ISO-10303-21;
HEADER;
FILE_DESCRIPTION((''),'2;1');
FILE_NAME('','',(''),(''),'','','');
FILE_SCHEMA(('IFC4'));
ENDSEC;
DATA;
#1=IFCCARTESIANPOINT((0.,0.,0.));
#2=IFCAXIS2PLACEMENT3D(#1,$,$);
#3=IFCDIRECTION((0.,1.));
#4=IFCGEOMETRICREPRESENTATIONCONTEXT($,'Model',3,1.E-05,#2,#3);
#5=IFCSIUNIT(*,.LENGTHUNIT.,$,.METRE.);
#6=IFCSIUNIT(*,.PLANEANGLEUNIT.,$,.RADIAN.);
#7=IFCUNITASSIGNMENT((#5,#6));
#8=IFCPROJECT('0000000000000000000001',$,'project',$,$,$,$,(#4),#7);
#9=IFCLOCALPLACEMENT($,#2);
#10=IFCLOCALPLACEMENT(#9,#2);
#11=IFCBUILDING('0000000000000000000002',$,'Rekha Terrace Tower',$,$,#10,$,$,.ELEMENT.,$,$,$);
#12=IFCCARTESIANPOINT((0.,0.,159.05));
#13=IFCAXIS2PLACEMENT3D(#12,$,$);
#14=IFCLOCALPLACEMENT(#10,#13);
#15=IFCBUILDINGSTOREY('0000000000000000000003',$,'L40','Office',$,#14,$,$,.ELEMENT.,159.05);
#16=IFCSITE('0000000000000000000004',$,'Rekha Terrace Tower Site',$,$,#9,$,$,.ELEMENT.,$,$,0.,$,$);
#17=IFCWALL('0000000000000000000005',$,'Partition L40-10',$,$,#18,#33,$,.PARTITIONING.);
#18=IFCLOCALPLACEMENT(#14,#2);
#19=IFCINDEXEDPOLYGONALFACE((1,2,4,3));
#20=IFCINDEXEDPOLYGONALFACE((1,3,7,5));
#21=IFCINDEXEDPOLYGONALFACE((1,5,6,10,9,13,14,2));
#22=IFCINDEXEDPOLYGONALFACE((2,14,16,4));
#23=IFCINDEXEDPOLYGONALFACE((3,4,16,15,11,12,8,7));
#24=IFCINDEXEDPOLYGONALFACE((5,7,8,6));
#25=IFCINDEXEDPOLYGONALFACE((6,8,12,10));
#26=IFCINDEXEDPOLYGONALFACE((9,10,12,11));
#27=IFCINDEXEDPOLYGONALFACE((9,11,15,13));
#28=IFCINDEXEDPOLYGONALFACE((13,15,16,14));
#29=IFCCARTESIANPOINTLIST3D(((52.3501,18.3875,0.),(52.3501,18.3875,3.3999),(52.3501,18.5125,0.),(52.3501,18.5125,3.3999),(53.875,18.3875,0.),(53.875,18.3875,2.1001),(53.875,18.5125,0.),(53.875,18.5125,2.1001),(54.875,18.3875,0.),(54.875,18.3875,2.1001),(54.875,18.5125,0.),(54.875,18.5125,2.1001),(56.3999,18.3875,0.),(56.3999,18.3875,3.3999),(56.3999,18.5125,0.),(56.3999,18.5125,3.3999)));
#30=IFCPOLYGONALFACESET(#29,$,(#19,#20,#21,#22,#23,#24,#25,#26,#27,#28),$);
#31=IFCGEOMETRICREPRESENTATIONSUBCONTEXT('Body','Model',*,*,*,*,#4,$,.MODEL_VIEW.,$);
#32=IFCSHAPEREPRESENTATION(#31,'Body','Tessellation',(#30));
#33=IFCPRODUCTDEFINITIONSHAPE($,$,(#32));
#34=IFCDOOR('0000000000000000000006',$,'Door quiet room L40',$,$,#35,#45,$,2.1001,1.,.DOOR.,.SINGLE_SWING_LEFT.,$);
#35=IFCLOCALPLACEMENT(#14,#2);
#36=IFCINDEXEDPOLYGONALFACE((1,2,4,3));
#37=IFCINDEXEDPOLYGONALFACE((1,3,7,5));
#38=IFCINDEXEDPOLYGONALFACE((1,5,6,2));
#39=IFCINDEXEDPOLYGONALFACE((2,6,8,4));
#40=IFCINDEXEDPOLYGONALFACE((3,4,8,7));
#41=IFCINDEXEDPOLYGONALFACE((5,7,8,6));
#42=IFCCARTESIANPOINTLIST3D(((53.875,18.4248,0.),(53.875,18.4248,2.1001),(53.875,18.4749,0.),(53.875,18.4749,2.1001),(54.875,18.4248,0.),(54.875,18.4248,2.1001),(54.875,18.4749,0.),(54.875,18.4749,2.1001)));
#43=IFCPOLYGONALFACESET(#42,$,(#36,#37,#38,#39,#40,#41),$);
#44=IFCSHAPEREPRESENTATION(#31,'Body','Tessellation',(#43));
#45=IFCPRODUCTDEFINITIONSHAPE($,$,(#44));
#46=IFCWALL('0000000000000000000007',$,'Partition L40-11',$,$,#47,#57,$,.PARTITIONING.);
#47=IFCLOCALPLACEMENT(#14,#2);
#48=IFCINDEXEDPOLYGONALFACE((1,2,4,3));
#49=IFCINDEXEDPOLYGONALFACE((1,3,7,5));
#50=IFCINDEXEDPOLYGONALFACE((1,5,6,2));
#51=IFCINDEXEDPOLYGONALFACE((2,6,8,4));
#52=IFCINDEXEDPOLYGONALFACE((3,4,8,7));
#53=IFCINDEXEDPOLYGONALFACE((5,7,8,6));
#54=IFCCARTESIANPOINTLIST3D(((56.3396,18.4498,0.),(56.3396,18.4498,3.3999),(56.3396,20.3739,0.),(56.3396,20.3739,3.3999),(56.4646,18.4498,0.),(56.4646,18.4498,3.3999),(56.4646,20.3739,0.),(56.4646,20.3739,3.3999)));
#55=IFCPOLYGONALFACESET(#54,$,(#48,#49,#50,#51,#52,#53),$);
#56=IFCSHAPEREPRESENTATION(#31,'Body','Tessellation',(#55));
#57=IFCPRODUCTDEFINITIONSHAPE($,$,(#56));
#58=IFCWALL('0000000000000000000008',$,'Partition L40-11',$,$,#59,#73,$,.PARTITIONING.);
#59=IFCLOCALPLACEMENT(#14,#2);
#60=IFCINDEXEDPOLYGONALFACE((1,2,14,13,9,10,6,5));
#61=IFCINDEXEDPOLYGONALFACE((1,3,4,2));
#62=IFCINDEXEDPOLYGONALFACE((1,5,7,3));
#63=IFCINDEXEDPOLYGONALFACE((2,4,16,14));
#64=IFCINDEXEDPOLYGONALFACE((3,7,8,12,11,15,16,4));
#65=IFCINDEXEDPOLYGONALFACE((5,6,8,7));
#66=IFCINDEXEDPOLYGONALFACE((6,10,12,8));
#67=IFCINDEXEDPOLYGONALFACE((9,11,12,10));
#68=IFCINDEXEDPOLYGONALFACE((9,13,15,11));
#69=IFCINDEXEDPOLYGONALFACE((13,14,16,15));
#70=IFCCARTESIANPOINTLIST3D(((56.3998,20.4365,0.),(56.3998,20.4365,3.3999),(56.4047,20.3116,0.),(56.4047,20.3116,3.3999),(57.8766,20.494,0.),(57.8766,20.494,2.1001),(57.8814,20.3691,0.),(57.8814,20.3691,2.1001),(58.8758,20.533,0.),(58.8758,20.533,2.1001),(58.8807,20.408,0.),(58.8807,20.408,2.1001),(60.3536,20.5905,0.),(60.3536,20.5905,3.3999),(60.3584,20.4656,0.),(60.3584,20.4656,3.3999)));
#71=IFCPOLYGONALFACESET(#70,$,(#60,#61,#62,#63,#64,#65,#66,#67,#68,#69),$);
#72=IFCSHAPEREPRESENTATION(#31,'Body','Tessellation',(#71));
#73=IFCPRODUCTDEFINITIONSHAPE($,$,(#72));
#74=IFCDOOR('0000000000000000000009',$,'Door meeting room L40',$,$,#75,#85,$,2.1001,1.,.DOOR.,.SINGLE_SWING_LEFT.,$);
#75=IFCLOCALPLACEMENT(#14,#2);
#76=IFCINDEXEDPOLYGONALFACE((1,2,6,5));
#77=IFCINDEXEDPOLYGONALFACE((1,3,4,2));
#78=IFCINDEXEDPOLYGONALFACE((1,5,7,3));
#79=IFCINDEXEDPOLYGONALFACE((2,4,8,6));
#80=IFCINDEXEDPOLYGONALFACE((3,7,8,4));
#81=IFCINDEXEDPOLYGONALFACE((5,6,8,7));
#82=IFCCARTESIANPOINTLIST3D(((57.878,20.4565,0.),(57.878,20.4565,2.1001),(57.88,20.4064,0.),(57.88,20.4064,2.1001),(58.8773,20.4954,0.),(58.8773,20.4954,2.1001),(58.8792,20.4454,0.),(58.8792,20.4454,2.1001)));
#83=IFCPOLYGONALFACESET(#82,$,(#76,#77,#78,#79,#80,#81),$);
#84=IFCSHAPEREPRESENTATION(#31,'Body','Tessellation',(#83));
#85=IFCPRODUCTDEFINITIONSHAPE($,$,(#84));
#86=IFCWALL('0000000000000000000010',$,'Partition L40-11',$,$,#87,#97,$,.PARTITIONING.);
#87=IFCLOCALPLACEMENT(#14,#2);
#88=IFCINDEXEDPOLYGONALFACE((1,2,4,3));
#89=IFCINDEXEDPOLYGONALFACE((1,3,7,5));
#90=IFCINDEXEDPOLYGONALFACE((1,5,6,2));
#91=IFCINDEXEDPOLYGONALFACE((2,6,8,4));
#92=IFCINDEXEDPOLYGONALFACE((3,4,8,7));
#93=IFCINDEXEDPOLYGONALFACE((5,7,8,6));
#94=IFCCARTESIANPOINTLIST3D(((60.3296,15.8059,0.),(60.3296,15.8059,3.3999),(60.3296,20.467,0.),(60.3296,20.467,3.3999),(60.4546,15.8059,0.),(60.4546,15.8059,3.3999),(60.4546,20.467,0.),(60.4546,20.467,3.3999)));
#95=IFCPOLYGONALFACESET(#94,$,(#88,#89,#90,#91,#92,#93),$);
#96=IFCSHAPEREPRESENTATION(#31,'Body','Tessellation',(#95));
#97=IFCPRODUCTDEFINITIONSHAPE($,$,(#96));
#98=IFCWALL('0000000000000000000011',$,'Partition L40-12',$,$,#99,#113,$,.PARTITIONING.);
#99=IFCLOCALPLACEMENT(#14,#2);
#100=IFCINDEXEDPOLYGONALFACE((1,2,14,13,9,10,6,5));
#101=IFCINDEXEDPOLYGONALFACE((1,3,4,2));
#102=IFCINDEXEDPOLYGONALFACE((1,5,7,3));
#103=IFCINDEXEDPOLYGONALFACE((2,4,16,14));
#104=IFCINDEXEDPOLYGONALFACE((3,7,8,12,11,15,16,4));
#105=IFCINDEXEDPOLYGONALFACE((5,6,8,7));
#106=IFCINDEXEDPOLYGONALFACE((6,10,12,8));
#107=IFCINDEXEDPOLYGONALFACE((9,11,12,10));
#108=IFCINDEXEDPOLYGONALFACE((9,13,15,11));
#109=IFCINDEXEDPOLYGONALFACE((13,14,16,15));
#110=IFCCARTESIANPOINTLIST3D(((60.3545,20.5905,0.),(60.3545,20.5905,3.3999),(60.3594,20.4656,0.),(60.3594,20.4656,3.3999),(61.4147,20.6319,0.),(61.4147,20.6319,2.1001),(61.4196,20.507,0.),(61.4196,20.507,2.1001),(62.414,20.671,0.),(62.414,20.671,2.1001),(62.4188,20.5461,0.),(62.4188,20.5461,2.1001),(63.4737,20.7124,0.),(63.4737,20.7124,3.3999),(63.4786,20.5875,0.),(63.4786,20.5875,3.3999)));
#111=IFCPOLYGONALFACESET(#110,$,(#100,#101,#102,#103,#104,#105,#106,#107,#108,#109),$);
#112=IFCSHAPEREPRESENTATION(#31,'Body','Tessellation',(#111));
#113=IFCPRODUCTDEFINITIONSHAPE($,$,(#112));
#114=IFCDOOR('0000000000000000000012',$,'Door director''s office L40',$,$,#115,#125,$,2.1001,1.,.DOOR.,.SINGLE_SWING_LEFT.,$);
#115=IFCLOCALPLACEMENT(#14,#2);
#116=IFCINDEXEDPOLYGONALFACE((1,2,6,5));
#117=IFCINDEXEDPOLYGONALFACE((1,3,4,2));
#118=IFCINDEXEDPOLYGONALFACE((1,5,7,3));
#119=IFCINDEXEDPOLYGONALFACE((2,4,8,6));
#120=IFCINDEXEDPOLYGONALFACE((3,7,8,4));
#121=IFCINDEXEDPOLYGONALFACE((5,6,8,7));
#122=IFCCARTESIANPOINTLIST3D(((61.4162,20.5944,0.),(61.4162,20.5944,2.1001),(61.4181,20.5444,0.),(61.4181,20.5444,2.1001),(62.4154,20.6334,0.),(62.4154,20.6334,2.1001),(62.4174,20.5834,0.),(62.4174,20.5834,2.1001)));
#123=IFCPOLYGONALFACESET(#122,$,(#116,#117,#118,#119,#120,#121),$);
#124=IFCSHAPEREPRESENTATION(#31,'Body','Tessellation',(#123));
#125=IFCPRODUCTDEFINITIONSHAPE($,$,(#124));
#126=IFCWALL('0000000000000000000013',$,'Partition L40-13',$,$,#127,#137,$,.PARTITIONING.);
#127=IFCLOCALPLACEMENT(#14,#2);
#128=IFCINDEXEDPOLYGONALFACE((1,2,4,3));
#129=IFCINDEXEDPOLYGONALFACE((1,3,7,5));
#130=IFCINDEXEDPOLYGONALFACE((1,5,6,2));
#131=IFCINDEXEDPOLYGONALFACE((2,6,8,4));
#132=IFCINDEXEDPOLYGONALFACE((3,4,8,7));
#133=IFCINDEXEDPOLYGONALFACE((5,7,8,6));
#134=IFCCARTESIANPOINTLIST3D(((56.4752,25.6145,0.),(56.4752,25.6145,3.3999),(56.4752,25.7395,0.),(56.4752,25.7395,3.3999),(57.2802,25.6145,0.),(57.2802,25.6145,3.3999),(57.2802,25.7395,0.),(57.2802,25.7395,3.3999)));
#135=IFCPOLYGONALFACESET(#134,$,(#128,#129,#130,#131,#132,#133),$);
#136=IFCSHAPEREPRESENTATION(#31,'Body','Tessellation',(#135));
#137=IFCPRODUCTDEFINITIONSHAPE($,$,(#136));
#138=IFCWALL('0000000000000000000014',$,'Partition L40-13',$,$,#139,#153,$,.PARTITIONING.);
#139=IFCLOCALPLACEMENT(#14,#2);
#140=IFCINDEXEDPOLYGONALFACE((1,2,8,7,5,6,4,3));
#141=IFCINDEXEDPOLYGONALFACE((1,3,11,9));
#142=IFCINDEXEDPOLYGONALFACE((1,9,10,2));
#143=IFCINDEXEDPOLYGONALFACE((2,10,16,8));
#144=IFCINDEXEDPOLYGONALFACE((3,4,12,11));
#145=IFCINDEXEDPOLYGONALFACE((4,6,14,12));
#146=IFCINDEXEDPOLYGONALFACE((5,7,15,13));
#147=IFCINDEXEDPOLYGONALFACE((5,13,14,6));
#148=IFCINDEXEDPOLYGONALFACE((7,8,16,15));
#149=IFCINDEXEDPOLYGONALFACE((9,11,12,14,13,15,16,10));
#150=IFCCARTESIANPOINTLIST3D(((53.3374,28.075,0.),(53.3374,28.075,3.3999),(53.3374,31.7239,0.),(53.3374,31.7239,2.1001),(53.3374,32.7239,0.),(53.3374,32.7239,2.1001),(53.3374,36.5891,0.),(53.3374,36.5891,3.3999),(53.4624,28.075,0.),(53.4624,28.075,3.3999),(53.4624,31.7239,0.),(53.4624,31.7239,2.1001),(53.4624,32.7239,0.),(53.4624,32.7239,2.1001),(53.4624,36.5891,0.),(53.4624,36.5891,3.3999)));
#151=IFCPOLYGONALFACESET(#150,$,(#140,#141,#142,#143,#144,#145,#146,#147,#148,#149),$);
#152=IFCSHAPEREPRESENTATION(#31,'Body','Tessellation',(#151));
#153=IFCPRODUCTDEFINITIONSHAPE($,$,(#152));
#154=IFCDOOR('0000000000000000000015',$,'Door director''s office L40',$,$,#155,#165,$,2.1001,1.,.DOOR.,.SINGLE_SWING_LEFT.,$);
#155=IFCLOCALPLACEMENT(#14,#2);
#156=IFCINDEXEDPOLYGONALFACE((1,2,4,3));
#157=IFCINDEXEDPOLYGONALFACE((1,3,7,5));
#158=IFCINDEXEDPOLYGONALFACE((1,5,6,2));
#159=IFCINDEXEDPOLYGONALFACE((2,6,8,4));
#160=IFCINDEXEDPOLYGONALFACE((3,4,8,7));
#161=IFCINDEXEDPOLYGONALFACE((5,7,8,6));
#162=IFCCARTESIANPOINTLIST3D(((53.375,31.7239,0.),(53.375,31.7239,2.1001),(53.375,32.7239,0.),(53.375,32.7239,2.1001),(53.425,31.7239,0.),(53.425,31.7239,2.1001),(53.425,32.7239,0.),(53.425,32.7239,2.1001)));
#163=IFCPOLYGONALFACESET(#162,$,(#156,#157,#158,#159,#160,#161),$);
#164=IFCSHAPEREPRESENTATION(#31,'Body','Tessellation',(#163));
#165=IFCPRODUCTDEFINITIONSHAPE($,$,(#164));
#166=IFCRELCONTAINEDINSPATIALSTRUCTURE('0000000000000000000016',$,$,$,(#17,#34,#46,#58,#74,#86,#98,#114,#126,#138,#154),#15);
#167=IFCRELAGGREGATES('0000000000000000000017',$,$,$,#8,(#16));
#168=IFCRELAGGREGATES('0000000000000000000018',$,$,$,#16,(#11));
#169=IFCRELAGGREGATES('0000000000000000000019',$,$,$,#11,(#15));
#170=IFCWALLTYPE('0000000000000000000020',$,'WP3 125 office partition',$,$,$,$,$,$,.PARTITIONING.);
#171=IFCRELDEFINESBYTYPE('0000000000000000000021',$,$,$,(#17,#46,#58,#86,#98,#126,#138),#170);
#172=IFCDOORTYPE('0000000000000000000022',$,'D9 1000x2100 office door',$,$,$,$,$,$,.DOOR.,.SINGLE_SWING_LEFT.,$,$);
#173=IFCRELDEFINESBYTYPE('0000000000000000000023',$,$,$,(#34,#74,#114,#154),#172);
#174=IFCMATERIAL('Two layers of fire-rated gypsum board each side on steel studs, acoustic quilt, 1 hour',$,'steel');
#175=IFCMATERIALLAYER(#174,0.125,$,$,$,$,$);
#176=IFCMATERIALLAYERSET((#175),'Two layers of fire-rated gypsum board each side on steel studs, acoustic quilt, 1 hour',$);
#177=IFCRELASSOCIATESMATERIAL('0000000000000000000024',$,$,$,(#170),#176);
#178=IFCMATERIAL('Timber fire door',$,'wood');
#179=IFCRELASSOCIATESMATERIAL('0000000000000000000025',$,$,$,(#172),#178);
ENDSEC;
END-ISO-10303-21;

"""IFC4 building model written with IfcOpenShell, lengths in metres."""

from ifc_helpers import new_model, si_unit, direction, frame, frame_2d, origin, place, context, subcontext, project, spatial, rectangle, extrude, material, layer, layer_set, type_object, element, fill, save


model = new_model("IFC4")

# Units and contexts
model_context = context("Model", 3, precision=1e-05, world=origin(), true_north=direction((0.0, 1.0)))
body_context = subcontext(model_context, "Body", "Model", "MODEL_VIEW")
ifc_project = project(units=[si_unit("LENGTHUNIT", "METRE"), si_unit("PLANEANGLEUNIT", "RADIAN")], contexts=[model_context])

# Site, building, storey
site_placement = place(None, origin())
site = spatial("IfcSite", under=ifc_project, at=site_placement, Name="Rekha Terrace Tower Site", CompositionType="ELEMENT", RefElevation=0.0)
building_placement = place(site_placement, origin())
building = spatial("IfcBuilding", under=site, at=building_placement, Name="Rekha Terrace Tower", CompositionType="ELEMENT")
storey_placement = place(building_placement, frame((0.0, 0.0, 159.05)))
storey = spatial("IfcBuildingStorey", under=building, at=storey_placement, Name="L40", Description="Office", CompositionType="ELEMENT", Elevation=159.05)

# Shared definitions
ifc_material_1 = material(Name="Two layers of fire-rated gypsum board each side on steel studs, acoustic quilt, 1 hour", Category="steel")
ifc_layer_1 = layer(ifc_material_1, 0.125)
ifc_layer_set_1 = layer_set([ifc_layer_1], Name="Two layers of fire-rated gypsum board each side on steel studs, acoustic quilt, 1 hour")
wall_type_1 = type_object("IfcWallType", Name="WP3 125 office partition", PredefinedType="PARTITIONING", material=ifc_layer_set_1)

# Wall, opening, door
wall_1_placement = place(storey_placement, frame((52.3501, 18.45, 0.0), z_axis=(0.0, 0.0, 1.0), x_axis=(1.0, 0.0, 0.0)))
wall_1 = element("IfcWall", 1, at=wall_1_placement, inside=storey, type_object=wall_type_1, Name="Partition L40-10", PredefinedType="PARTITIONING", context=body_context, shape_type="SweptSolid", body=[
    extrude(rectangle(XDim=4.0498, YDim=0.125, at=frame_2d((2.0249, 0.0))), origin(), (0.0, 0.0, 1.0), 3.3999),
])
opening_1_placement = place(wall_1_placement, frame((1.5249, 0.0, 0.0)))
opening_1 = element("IfcOpeningElement", 2, at=opening_1_placement, cuts=wall_1, PredefinedType="OPENING", context=body_context, shape_type="SweptSolid", body=[
    extrude(rectangle(XDim=1.0, YDim=2.1001, at=frame_2d((0.5, 1.05))), frame((0.0, 0.0725, 0.0), z_axis=(0.0, -1.0, 0.0), x_axis=(1.0, 0.0, 0.0)), (0.0, 0.0, 1.0), 0.145),
])
ifc_material_2 = material(Name="Timber fire door", Category="wood")
door_type_1 = type_object("IfcDoorType", Name="D9 1000x2100 office door", OperationType="SINGLE_SWING_LEFT", PredefinedType="DOOR", material=ifc_material_2)
door_1_placement = place(opening_1_placement, origin())
door_1 = element("IfcDoor", 3, at=door_1_placement, inside=storey, type_object=door_type_1, Name="Door quiet room L40", OperationType="SINGLE_SWING_LEFT", OverallHeight=2.1001, OverallWidth=1.0, PredefinedType="DOOR", context=body_context, shape_type="SweptSolid", body=[
    extrude(rectangle(XDim=1.0, YDim=2.1001, at=frame_2d((0.5, 1.05))), frame((0.0, 0.0249, 0.0), z_axis=(0.0, -1.0, 0.0), x_axis=(1.0, 0.0, 0.0)), (0.0, 0.0, 1.0), 0.05),
])
fill(opening_1, door_1)

# Wall
wall_2_placement = place(storey_placement, frame((56.4021, 18.45, 0.0), z_axis=(0.0, 0.0, 1.0), x_axis=(0.0, 1.0, 0.0)))
element("IfcWall", 4, at=wall_2_placement, inside=storey, type_object=wall_type_1, Name="Partition L40-11", PredefinedType="PARTITIONING", context=body_context, shape_type="SweptSolid", body=[
    extrude(rectangle(XDim=1.9241, YDim=0.125, at=frame_2d((0.9619, 0.0))), origin(), (0.0, 0.0, 1.0), 3.3999),
])

# Wall, opening, door
wall_3_placement = place(storey_placement, frame((56.4021, 20.374, 0.0), z_axis=(0.0, 0.0, 1.0), x_axis=(0.999242, 0.038933, 0.0)))
wall_3 = element("IfcWall", 5, at=wall_3_placement, inside=storey, type_object=wall_type_1, Name="Partition L40-11", PredefinedType="PARTITIONING", context=body_context, shape_type="SweptSolid", body=[
    extrude(rectangle(XDim=3.9568, YDim=0.125, at=frame_2d((1.9785, 0.0))), origin(), (0.0, 0.0, 1.0), 3.3999),
])
opening_2_placement = place(wall_3_placement, frame((1.478, 0.0, 0.0)))
opening_2 = element("IfcOpeningElement", 6, at=opening_2_placement, cuts=wall_3, PredefinedType="OPENING", context=body_context, shape_type="SweptSolid", body=[
    extrude(rectangle(XDim=1.0, YDim=2.1001, at=frame_2d((0.5, 1.05))), frame((0.0, 0.0725, 0.0), z_axis=(0.0, -1.0, 0.0), x_axis=(1.0, 0.0, 0.0)), (0.0, 0.0, 1.0), 0.145),
])
door_2_placement = place(opening_2_placement, origin())
door_2 = element("IfcDoor", 7, at=door_2_placement, inside=storey, type_object=door_type_1, Name="Door meeting room L40", OperationType="SINGLE_SWING_LEFT", OverallHeight=2.1001, OverallWidth=1.0, PredefinedType="DOOR", context=body_context, shape_type="SweptSolid", body=[
    extrude(rectangle(XDim=1.0, YDim=2.1001, at=frame_2d((0.5, 1.05))), frame((0.0, 0.0249, 0.0), z_axis=(0.0, -1.0, 0.0), x_axis=(1.0, 0.0, 0.0)), (0.0, 0.0, 1.0), 0.05),
])
fill(opening_2, door_2)

# Wall
wall_4_placement = place(storey_placement, frame((60.3921, 20.467, 0.0), z_axis=(0.0, 0.0, 1.0), x_axis=(0.0, -1.0, 0.0)))
element("IfcWall", 8, at=wall_4_placement, inside=storey, type_object=wall_type_1, Name="Partition L40-11", PredefinedType="PARTITIONING", context=body_context, shape_type="SweptSolid", body=[
    extrude(rectangle(XDim=4.6611, YDim=0.125, at=frame_2d((2.3306, 0.0))), origin(), (0.0, 0.0, 1.0), 3.3999),
])

# Wall, opening, door
wall_5_placement = place(storey_placement, frame((60.3569, 20.5281, 0.0), z_axis=(0.0, 0.0, 1.0), x_axis=(0.999238, 0.039028, 0.0)))
wall_5 = element("IfcWall", 9, at=wall_5_placement, inside=storey, type_object=wall_type_1, Name="Partition L40-12", PredefinedType="PARTITIONING", context=body_context, shape_type="SweptSolid", body=[
    extrude(rectangle(XDim=3.1216, YDim=0.125, at=frame_2d((1.5608, 0.0))), origin(), (0.0, 0.0, 1.0), 3.3999),
])
opening_3_placement = place(wall_5_placement, frame((1.061, 0.0, 0.0)))
opening_3 = element("IfcOpeningElement", 10, at=opening_3_placement, cuts=wall_5, PredefinedType="OPENING", context=body_context, shape_type="SweptSolid", body=[
    extrude(rectangle(XDim=1.0, YDim=2.1001, at=frame_2d((0.5, 1.05))), frame((0.0, 0.0725, 0.0), z_axis=(0.0, -1.0, 0.0), x_axis=(1.0, 0.0, 0.0)), (0.0, 0.0, 1.0), 0.145),
])
door_3_placement = place(opening_3_placement, origin())
door_3 = element("IfcDoor", 11, at=door_3_placement, inside=storey, type_object=door_type_1, Name="Door director's office L40", OperationType="SINGLE_SWING_LEFT", OverallHeight=2.1001, OverallWidth=1.0, PredefinedType="DOOR", context=body_context, shape_type="SweptSolid", body=[
    extrude(rectangle(XDim=1.0, YDim=2.1001, at=frame_2d((0.5, 1.05))), frame((0.0, 0.0249, 0.0), z_axis=(0.0, -1.0, 0.0), x_axis=(1.0, 0.0, 0.0)), (0.0, 0.0, 1.0), 0.05),
])
fill(opening_3, door_3)

# Wall
wall_6_placement = place(storey_placement, frame((57.28, 25.677, 0.0), z_axis=(0.0, 0.0, 1.0), x_axis=(-1.0, 0.0, 0.0)))
element("IfcWall", 12, at=wall_6_placement, inside=storey, type_object=wall_type_1, Name="Partition L40-13", PredefinedType="PARTITIONING", context=body_context, shape_type="SweptSolid", body=[
    extrude(rectangle(XDim=0.8049, YDim=0.125, at=frame_2d((0.4023, 0.0))), origin(), (0.0, 0.0, 1.0), 3.3999),
])

# Wall, opening, door
wall_7_placement = place(storey_placement, frame((53.3999, 28.075, 0.0), z_axis=(0.0, 0.0, 1.0), x_axis=(0.0, 1.0, 0.0)))
wall_7 = element("IfcWall", 13, at=wall_7_placement, inside=storey, type_object=wall_type_1, Name="Partition L40-13", PredefinedType="PARTITIONING", context=body_context, shape_type="SweptSolid", body=[
    extrude(rectangle(XDim=8.5142, YDim=0.125, at=frame_2d((4.2571, 0.0))), origin(), (0.0, 0.0, 1.0), 3.3999),
])
opening_4_placement = place(wall_7_placement, frame((3.6489, 0.0, 0.0)))
opening_4 = element("IfcOpeningElement", 14, at=opening_4_placement, cuts=wall_7, PredefinedType="OPENING", context=body_context, shape_type="SweptSolid", body=[
    extrude(rectangle(XDim=1.0, YDim=2.1001, at=frame_2d((0.5, 1.05))), frame((0.0, 0.0725, 0.0), z_axis=(0.0, -1.0, 0.0), x_axis=(1.0, 0.0, 0.0)), (0.0, 0.0, 1.0), 0.145),
])
door_4_placement = place(opening_4_placement, origin())
door_4 = element("IfcDoor", 15, at=door_4_placement, inside=storey, type_object=door_type_1, Name="Door director's office L40", OperationType="SINGLE_SWING_LEFT", OverallHeight=2.1001, OverallWidth=1.0, PredefinedType="DOOR", context=body_context, shape_type="SweptSolid", body=[
    extrude(rectangle(XDim=1.0, YDim=2.1001, at=frame_2d((0.5, 1.05))), frame((0.0, 0.0249, 0.0), z_axis=(0.0, -1.0, 0.0), x_axis=(1.0, 0.0, 0.0)), (0.0, 0.0, 1.0), 0.05),
])
fill(opening_4, door_4)

save(model, "model.ifc")
